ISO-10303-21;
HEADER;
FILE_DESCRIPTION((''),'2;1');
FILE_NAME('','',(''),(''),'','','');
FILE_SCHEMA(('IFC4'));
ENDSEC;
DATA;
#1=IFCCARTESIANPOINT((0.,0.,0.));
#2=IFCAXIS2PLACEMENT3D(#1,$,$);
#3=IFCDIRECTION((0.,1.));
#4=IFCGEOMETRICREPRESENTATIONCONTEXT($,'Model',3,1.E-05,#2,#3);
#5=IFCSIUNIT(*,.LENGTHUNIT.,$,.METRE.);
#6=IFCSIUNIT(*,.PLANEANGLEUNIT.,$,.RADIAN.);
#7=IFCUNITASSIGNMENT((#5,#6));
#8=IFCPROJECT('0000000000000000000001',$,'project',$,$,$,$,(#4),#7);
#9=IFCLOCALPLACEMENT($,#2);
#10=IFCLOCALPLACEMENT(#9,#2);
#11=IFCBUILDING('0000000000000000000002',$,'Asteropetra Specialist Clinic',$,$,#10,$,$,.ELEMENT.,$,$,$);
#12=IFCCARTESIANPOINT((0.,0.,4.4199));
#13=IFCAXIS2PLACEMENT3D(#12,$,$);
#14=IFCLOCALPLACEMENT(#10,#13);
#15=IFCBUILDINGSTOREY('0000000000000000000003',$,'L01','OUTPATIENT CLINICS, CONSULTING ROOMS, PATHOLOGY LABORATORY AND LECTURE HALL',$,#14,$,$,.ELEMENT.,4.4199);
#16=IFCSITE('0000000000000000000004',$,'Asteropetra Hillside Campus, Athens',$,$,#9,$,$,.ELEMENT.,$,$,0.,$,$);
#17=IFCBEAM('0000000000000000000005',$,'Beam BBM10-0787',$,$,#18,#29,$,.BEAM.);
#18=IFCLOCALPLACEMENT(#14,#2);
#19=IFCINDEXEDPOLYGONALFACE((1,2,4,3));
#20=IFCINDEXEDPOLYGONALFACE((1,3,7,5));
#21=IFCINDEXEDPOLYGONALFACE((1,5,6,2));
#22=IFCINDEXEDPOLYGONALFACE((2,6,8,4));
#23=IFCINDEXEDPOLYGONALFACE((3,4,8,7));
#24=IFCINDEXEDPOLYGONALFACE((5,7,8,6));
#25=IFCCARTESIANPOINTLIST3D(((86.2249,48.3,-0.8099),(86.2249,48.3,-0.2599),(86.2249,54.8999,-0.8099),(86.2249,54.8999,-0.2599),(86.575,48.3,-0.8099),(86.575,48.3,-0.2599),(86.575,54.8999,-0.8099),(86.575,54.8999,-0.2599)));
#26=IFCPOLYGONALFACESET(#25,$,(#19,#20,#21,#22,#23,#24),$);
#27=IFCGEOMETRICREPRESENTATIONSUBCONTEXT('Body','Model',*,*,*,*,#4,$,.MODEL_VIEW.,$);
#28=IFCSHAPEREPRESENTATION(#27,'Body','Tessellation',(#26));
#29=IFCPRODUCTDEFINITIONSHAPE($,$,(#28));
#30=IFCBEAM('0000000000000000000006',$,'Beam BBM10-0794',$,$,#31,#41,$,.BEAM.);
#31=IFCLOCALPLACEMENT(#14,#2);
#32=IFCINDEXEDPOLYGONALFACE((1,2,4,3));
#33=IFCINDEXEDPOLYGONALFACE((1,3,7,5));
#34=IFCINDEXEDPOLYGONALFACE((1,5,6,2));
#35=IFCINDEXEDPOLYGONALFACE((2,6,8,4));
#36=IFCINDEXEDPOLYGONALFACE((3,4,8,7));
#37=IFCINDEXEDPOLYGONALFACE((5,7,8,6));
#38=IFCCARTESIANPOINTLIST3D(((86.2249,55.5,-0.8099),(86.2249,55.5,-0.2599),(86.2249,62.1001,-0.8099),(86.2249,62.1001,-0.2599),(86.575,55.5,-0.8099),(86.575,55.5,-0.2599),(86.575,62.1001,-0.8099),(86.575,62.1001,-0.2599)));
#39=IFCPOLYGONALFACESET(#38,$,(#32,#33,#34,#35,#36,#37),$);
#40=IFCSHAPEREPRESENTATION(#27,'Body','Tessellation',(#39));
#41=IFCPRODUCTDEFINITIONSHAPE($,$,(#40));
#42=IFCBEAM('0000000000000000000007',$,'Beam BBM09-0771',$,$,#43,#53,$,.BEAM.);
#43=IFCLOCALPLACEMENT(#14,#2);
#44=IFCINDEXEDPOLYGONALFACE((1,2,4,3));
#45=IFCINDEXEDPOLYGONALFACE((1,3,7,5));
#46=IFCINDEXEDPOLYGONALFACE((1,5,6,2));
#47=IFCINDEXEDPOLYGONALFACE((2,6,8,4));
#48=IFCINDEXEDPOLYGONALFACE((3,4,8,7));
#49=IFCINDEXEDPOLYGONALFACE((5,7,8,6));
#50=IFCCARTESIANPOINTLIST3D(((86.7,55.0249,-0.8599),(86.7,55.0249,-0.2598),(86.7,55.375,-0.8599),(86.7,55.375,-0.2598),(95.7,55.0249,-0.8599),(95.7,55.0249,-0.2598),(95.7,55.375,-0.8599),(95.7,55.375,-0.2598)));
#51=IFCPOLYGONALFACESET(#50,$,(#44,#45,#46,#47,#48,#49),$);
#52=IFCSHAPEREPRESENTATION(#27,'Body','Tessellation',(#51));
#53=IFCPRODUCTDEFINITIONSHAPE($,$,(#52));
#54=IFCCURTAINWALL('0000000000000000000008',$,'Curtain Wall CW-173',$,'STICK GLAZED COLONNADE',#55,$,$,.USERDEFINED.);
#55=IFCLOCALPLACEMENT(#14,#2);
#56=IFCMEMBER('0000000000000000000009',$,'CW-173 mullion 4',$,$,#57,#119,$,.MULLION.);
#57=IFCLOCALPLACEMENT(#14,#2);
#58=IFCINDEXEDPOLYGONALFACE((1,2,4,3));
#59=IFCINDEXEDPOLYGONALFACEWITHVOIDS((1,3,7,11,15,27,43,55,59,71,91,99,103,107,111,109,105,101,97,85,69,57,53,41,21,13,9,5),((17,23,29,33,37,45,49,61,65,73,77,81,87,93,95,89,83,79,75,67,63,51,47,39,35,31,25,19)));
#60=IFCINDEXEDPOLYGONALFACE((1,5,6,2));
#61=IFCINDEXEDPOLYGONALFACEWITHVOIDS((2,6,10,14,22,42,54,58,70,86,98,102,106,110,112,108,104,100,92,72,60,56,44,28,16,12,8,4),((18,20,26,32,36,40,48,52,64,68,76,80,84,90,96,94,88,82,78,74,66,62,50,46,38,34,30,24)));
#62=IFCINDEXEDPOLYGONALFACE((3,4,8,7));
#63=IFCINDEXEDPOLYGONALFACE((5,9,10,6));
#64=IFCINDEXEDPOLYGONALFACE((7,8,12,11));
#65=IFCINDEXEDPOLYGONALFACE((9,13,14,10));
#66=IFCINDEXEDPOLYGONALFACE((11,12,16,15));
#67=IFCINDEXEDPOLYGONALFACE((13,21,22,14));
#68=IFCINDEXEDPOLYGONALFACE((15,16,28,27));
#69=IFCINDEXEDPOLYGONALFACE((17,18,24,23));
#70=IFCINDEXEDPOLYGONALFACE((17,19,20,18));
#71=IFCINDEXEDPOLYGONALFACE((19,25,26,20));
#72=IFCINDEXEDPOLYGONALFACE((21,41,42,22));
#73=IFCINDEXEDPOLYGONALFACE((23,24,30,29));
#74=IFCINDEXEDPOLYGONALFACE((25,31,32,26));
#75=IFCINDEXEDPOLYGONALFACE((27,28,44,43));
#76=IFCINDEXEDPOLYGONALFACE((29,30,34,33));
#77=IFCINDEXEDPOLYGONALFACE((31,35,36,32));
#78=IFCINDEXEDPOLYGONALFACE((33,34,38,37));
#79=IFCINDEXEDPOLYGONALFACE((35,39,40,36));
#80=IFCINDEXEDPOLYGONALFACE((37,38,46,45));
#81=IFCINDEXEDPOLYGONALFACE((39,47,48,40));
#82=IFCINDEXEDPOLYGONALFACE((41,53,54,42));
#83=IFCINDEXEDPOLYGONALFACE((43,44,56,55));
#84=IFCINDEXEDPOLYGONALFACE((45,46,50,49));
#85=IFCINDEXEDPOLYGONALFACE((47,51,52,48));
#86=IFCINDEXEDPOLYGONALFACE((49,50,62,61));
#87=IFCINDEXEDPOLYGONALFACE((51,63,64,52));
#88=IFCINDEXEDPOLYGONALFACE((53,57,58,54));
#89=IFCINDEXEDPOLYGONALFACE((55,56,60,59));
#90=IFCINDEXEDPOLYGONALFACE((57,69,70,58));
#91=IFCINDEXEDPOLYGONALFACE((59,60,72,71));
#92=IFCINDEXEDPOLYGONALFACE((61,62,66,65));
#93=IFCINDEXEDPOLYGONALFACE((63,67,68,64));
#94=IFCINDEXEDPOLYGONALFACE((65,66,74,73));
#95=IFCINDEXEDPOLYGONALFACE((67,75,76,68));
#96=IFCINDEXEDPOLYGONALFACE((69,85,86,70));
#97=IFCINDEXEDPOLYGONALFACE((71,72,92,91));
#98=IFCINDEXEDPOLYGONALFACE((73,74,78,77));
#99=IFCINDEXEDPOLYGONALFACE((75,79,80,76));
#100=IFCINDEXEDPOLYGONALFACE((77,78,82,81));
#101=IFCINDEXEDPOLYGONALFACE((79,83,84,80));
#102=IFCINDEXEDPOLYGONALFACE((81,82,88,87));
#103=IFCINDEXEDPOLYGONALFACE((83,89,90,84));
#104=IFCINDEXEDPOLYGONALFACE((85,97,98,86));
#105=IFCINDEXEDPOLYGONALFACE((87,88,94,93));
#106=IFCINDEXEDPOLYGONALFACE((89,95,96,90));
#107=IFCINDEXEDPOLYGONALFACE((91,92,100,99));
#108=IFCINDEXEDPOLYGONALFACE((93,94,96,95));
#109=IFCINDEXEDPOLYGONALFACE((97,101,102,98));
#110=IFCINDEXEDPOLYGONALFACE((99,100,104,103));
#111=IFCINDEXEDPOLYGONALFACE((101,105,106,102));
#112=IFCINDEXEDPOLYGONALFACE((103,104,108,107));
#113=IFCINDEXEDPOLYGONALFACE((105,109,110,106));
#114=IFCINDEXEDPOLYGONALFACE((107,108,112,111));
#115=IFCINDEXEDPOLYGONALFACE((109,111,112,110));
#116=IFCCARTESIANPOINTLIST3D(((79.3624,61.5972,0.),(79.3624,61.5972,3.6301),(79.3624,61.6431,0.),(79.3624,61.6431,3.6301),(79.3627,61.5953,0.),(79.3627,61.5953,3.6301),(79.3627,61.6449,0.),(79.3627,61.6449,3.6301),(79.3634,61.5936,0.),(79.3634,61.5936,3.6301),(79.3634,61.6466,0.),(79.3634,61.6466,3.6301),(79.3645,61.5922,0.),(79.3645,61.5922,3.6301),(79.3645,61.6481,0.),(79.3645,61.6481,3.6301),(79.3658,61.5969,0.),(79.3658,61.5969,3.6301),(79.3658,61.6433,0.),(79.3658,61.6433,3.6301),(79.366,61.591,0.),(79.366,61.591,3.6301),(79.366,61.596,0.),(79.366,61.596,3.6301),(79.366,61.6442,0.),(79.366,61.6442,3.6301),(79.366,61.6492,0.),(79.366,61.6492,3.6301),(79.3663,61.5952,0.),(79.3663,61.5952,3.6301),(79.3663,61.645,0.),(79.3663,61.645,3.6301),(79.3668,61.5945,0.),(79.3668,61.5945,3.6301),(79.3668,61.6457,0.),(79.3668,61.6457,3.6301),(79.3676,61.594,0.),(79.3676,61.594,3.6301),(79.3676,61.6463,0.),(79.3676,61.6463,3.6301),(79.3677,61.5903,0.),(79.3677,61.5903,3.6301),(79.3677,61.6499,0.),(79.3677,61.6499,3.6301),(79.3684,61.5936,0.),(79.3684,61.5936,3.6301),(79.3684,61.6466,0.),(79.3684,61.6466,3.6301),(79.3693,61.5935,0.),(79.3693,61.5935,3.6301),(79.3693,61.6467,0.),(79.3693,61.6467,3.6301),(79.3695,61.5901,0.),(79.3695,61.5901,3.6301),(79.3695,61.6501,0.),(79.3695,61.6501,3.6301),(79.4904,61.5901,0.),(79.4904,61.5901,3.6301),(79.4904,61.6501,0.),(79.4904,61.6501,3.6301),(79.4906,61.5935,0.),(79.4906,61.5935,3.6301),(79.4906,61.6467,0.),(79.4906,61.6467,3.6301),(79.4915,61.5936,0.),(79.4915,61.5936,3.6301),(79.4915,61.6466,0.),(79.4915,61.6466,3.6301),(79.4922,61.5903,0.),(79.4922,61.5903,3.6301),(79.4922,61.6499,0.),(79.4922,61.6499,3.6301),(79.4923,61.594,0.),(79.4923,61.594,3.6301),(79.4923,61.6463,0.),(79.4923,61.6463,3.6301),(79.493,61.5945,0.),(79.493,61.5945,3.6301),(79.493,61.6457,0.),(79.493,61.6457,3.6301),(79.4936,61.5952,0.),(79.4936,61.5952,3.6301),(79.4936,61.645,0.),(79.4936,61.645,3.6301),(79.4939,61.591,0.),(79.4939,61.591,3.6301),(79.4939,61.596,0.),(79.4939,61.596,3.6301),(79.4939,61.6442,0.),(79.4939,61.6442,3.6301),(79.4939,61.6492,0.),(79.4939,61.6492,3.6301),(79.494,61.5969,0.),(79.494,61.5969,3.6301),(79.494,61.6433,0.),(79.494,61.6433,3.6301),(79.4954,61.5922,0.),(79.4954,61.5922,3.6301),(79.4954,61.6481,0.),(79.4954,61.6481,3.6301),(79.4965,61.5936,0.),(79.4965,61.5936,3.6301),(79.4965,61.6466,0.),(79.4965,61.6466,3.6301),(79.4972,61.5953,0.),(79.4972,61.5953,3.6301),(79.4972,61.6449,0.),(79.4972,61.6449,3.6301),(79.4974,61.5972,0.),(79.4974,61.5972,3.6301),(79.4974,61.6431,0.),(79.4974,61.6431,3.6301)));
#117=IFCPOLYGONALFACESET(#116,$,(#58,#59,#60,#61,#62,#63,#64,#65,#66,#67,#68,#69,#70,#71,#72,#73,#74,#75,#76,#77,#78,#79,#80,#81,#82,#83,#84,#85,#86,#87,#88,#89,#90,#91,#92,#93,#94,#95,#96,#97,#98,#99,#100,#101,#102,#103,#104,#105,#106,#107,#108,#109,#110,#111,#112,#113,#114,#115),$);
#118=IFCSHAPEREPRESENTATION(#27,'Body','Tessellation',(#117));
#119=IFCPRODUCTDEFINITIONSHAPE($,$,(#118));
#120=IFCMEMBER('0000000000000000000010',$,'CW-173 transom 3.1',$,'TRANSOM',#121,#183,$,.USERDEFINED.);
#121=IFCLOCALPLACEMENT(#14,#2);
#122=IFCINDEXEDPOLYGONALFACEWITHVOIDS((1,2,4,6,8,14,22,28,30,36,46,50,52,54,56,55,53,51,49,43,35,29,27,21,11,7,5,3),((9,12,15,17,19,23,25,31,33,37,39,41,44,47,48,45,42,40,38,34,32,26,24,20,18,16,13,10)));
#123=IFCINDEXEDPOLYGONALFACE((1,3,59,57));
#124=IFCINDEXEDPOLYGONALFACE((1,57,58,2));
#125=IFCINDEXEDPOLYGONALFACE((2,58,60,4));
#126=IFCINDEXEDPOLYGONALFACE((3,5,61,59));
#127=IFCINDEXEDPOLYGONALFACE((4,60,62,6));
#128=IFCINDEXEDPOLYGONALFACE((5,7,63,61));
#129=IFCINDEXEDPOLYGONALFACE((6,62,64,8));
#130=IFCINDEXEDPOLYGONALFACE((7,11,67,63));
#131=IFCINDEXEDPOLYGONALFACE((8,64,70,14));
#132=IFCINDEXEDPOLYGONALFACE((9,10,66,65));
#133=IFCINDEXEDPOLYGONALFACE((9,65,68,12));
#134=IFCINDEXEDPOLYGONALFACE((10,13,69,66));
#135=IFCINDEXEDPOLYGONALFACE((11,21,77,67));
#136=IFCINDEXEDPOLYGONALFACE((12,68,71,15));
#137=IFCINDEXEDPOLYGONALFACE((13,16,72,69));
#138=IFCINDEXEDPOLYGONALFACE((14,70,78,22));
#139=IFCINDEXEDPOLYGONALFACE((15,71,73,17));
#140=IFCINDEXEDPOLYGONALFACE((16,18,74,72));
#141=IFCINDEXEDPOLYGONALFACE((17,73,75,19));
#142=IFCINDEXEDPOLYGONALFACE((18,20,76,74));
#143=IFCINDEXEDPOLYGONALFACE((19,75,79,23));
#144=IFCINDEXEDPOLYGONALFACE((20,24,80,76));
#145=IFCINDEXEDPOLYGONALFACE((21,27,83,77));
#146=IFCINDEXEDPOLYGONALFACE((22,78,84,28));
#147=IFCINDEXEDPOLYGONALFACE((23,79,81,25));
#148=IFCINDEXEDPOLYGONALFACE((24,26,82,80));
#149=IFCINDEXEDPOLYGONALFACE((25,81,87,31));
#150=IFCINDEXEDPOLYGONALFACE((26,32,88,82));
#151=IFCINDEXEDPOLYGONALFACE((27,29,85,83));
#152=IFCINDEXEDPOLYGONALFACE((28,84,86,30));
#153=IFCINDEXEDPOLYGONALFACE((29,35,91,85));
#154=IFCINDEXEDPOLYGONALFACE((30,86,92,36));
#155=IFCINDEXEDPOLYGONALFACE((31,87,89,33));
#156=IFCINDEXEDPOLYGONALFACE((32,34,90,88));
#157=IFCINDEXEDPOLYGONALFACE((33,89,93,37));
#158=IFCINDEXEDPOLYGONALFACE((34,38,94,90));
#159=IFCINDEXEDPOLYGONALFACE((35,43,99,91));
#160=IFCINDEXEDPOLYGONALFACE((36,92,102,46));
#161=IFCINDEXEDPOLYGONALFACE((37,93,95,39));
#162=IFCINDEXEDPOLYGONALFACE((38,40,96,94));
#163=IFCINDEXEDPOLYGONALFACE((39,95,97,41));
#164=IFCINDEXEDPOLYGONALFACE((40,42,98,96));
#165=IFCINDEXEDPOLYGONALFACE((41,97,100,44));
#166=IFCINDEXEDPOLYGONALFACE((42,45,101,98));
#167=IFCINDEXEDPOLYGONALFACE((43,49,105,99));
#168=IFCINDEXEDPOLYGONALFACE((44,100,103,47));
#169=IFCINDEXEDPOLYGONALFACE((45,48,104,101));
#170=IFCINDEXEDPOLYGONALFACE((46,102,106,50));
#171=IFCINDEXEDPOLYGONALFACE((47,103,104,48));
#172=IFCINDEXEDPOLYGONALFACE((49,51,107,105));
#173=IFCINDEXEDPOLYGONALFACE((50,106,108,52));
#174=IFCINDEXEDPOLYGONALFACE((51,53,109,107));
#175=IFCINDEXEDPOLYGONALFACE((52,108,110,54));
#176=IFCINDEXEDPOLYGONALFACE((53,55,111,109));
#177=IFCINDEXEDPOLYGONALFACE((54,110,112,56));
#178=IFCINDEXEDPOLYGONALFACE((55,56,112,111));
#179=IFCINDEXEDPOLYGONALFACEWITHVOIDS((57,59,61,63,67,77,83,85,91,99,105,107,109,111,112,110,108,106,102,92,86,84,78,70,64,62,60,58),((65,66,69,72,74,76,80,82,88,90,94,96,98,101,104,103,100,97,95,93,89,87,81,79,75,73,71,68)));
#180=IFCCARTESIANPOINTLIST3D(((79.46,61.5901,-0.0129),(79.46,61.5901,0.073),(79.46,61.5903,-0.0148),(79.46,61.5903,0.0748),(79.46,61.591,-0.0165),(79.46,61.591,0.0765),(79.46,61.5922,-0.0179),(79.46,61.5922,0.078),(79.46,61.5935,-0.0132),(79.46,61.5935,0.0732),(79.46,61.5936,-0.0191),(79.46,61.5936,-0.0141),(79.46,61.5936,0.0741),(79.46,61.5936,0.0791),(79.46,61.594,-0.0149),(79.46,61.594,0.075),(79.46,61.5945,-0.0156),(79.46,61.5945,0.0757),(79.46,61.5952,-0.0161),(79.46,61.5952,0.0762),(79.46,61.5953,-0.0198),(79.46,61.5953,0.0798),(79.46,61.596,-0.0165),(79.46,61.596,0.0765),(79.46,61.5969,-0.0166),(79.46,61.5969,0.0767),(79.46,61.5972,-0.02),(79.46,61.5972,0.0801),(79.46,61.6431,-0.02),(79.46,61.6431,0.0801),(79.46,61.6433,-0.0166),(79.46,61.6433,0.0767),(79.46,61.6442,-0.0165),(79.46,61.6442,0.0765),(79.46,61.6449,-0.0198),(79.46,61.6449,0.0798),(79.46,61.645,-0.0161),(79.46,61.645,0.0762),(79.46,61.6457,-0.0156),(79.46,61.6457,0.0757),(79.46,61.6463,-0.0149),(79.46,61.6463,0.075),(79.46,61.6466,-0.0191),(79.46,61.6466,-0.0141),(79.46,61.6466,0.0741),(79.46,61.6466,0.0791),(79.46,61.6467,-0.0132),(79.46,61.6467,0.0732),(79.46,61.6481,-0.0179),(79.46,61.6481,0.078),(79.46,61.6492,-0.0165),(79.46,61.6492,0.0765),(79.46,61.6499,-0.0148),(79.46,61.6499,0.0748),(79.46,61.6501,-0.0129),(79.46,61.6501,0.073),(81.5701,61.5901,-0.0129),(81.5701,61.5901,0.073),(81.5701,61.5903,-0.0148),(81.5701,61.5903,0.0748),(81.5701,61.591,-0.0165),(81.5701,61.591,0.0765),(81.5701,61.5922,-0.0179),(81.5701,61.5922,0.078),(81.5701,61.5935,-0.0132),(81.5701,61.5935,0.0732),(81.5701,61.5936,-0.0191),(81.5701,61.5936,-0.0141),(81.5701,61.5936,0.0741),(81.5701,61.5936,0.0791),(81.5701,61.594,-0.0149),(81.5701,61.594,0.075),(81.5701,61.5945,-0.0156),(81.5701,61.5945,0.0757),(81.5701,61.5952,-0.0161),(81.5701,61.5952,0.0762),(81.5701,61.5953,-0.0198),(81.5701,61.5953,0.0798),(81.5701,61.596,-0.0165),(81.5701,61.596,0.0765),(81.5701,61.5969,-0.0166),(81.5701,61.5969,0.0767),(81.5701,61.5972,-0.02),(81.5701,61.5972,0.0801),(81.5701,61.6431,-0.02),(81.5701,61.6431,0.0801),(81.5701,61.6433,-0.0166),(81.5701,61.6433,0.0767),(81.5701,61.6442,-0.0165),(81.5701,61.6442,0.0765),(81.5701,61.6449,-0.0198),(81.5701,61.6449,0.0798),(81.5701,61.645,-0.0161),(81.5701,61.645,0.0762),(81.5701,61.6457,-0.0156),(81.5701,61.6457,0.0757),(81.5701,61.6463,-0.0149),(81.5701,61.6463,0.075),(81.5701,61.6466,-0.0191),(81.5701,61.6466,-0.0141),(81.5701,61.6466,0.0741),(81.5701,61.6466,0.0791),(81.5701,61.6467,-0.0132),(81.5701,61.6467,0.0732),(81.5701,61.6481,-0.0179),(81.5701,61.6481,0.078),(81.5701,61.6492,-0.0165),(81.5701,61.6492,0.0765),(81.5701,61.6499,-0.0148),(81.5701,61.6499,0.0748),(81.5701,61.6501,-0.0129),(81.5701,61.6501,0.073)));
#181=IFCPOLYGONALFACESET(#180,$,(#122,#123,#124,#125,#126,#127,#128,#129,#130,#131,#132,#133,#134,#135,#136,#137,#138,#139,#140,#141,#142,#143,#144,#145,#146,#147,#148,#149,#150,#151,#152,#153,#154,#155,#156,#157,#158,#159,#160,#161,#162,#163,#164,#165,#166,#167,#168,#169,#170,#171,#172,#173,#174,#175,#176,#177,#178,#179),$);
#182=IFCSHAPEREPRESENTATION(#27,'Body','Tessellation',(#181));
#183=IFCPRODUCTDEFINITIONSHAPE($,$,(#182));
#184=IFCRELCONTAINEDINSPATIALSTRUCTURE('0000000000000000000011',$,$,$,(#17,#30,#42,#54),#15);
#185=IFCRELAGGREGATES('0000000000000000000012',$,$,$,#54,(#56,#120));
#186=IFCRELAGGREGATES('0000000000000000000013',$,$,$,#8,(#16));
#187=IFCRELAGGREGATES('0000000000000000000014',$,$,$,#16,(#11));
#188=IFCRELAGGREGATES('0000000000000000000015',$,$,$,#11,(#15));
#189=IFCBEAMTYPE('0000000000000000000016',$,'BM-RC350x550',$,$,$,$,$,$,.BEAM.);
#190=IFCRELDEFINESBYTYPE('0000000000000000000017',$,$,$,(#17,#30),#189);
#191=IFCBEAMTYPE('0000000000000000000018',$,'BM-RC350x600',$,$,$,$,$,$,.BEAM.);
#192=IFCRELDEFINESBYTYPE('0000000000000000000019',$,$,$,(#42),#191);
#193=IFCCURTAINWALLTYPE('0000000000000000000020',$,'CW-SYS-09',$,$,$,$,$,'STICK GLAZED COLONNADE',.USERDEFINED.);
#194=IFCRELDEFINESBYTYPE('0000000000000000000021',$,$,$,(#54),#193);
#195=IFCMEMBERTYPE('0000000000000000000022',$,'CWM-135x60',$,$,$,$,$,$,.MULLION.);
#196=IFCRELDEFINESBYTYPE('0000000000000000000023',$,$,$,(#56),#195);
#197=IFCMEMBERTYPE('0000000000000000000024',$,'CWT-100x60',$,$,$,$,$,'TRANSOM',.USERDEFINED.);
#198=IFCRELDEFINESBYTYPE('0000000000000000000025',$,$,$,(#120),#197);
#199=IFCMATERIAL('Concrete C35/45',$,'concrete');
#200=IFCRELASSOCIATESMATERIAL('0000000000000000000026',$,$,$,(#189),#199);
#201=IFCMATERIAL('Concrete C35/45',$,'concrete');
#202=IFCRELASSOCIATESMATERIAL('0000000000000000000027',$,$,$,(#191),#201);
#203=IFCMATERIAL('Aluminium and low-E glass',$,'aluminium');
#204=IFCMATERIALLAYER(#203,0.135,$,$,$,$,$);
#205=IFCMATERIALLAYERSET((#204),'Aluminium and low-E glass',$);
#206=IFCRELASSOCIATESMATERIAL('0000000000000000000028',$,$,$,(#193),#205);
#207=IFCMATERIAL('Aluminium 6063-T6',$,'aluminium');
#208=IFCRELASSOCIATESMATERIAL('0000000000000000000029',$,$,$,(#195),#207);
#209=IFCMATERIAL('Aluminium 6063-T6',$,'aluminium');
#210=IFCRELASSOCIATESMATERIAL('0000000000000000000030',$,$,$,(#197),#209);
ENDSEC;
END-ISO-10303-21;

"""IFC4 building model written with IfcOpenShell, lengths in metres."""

from ifc_helpers import new_model, si_unit, direction, frame, origin, origin_2d, place, context, subcontext, project, spatial, rectangle, hollow_rectangle, extrude, material, layer, layer_set, material_profile, profile_set, type_object, element, aggregate, save


model = new_model("IFC4")

# Units and contexts
model_context = context("Model", 3, precision=1e-05, world=origin(), true_north=direction((0.0, 1.0)))
body_context = subcontext(model_context, "Body", "Model", "MODEL_VIEW")
ifc_project = project(units=[si_unit("LENGTHUNIT", "METRE"), si_unit("PLANEANGLEUNIT", "RADIAN")], contexts=[model_context])

# Site, building, storey
site_placement = place(None, origin())
site = spatial("IfcSite", under=ifc_project, at=site_placement, Name="Asteropetra Hillside Campus, Athens", CompositionType="ELEMENT", RefElevation=0.0)
building_placement = place(site_placement, origin())
building = spatial("IfcBuilding", under=site, at=building_placement, Name="Asteropetra Specialist Clinic", CompositionType="ELEMENT")
storey_placement = place(building_placement, frame((0.0, 0.0, 4.4199)))
storey = spatial("IfcBuildingStorey", under=building, at=storey_placement, Name="L01", Description="OUTPATIENT CLINICS, CONSULTING ROOMS, PATHOLOGY LABORATORY AND LECTURE HALL", CompositionType="ELEMENT", Elevation=4.4199)

# Beams
ifc_material_1 = material(Name="Concrete C35/45", Category="concrete")
ifc_material_profile_1 = material_profile(ifc_material_1, rectangle(XDim=0.3501, YDim=0.55, at=origin_2d()), Name="RCB 350x550")
ifc_profile_set_1 = profile_set([ifc_material_profile_1], Name="Concrete C35/45")
beam_type_1 = type_object("IfcBeamType", Name="BM-RC350x550", PredefinedType="BEAM", material=ifc_profile_set_1)
beam_1_placement = place(storey_placement, frame((86.3999, 48.3, -0.5349), z_axis=(0.0, 1.0, 0.0), x_axis=(-1.0, 0.0, 0.0)))
element("IfcBeam", 1, at=beam_1_placement, inside=storey, type_object=beam_type_1, Name="Beam BBM10-0787", PredefinedType="BEAM", context=body_context, shape_type="SweptSolid", body=[
    extrude(rectangle(XDim=0.3501, YDim=0.55, at=origin_2d()), origin(), (0.0, 0.0, 1.0), 6.5999),
])
beam_2_placement = place(storey_placement, frame((86.3999, 55.5, -0.5349), z_axis=(0.0, 1.0, 0.0), x_axis=(-1.0, 0.0, 0.0)))
element("IfcBeam", 2, at=beam_2_placement, inside=storey, type_object=beam_type_1, Name="Beam BBM10-0794", PredefinedType="BEAM", context=body_context, shape_type="SweptSolid", body=[
    extrude(rectangle(XDim=0.3501, YDim=0.55, at=origin_2d()), origin(), (0.0, 0.0, 1.0), 6.6001),
])
ifc_material_2 = material(Name="Concrete C35/45", Category="concrete")
ifc_material_profile_2 = material_profile(ifc_material_2, rectangle(XDim=0.3501, YDim=0.6001, at=origin_2d()), Name="RCB 350x600")
ifc_profile_set_2 = profile_set([ifc_material_profile_2], Name="Concrete C35/45")
beam_type_2 = type_object("IfcBeamType", Name="BM-RC350x600", PredefinedType="BEAM", material=ifc_profile_set_2)
beam_3_placement = place(storey_placement, frame((86.7, 55.2, -0.5598), z_axis=(1.0, 0.0, 0.0), x_axis=(0.0, 1.0, 0.0)))
element("IfcBeam", 3, at=beam_3_placement, inside=storey, type_object=beam_type_2, Name="Beam BBM09-0771", PredefinedType="BEAM", context=body_context, shape_type="SweptSolid", body=[
    extrude(rectangle(XDim=0.3501, YDim=0.6001, at=origin_2d()), origin(), (0.0, 0.0, 1.0), 9.0),
])

# Curtain wall, members
ifc_material_3 = material(Name="Aluminium and low-E glass", Category="aluminium")
ifc_layer_1 = layer(ifc_material_3, 0.135)
ifc_layer_set_1 = layer_set([ifc_layer_1], Name="Aluminium and low-E glass")
curtain_wall_type = type_object("IfcCurtainWallType", Name="CW-SYS-09", ElementType="STICK GLAZED COLONNADE", PredefinedType="USERDEFINED", material=ifc_layer_set_1)
curtain_wall_placement = place(storey_placement, origin())
curtain_wall = element("IfcCurtainWall", 4, at=curtain_wall_placement, inside=storey, type_object=curtain_wall_type, Name="Curtain Wall CW-173", ObjectType="STICK GLAZED COLONNADE", PredefinedType="USERDEFINED")
ifc_material_4 = material(Name="Aluminium 6063-T6", Category="aluminium")
ifc_material_profile_3 = material_profile(ifc_material_4, hollow_rectangle(XDim=0.0601, YDim=0.135, WallThickness=0.0034, InnerFilletRadius=0.0034, OuterFilletRadius=0.0071, at=origin_2d()), Name="MUL 135x60x3.5")
ifc_profile_set_3 = profile_set([ifc_material_profile_3], Name="Aluminium 6063-T6")
member_type_1 = type_object("IfcMemberType", Name="CWM-135x60", PredefinedType="MULLION", material=ifc_profile_set_3)
member_1_placement = place(storey_placement, frame((79.4299, 61.6201, 0.0), z_axis=(0.0, 0.0, 1.0), x_axis=(0.0, -1.0, 0.0)))
member_1 = element("IfcMember", 5, at=member_1_placement, type_object=member_type_1, Name="CW-173 mullion 4", PredefinedType="MULLION", context=body_context, shape_type="SweptSolid", body=[
    extrude(hollow_rectangle(XDim=0.0601, YDim=0.135, WallThickness=0.0034, InnerFilletRadius=0.0034, OuterFilletRadius=0.0071, at=origin_2d()), origin(), (0.0, 0.0, 1.0), 3.6301),
])
ifc_material_5 = material(Name="Aluminium 6063-T6", Category="aluminium")
ifc_material_profile_4 = material_profile(ifc_material_5, hollow_rectangle(XDim=0.0601, YDim=0.1001, WallThickness=0.0034, InnerFilletRadius=0.0034, OuterFilletRadius=0.0071, at=origin_2d()), Name="TRN 100x60x3.5")
ifc_profile_set_4 = profile_set([ifc_material_profile_4], Name="Aluminium 6063-T6")
member_type_2 = type_object("IfcMemberType", Name="CWT-100x60", ElementType="TRANSOM", PredefinedType="USERDEFINED", material=ifc_profile_set_4)
member_2_placement = place(storey_placement, frame((81.5701, 61.6201, 0.03), z_axis=(-1.0, 0.0, 0.0), x_axis=(0.0, -1.0, 0.0)))
member_2 = element("IfcMember", 6, at=member_2_placement, type_object=member_type_2, Name="CW-173 transom 3.1", ObjectType="TRANSOM", PredefinedType="USERDEFINED", context=body_context, shape_type="SweptSolid", body=[
    extrude(hollow_rectangle(XDim=0.0601, YDim=0.1001, WallThickness=0.0034, InnerFilletRadius=0.0034, OuterFilletRadius=0.0071, at=origin_2d()), origin(), (0.0, 0.0, 1.0), 2.1101),
])

aggregate(curtain_wall, [member_1, member_2])

save(model, "model.ifc")
